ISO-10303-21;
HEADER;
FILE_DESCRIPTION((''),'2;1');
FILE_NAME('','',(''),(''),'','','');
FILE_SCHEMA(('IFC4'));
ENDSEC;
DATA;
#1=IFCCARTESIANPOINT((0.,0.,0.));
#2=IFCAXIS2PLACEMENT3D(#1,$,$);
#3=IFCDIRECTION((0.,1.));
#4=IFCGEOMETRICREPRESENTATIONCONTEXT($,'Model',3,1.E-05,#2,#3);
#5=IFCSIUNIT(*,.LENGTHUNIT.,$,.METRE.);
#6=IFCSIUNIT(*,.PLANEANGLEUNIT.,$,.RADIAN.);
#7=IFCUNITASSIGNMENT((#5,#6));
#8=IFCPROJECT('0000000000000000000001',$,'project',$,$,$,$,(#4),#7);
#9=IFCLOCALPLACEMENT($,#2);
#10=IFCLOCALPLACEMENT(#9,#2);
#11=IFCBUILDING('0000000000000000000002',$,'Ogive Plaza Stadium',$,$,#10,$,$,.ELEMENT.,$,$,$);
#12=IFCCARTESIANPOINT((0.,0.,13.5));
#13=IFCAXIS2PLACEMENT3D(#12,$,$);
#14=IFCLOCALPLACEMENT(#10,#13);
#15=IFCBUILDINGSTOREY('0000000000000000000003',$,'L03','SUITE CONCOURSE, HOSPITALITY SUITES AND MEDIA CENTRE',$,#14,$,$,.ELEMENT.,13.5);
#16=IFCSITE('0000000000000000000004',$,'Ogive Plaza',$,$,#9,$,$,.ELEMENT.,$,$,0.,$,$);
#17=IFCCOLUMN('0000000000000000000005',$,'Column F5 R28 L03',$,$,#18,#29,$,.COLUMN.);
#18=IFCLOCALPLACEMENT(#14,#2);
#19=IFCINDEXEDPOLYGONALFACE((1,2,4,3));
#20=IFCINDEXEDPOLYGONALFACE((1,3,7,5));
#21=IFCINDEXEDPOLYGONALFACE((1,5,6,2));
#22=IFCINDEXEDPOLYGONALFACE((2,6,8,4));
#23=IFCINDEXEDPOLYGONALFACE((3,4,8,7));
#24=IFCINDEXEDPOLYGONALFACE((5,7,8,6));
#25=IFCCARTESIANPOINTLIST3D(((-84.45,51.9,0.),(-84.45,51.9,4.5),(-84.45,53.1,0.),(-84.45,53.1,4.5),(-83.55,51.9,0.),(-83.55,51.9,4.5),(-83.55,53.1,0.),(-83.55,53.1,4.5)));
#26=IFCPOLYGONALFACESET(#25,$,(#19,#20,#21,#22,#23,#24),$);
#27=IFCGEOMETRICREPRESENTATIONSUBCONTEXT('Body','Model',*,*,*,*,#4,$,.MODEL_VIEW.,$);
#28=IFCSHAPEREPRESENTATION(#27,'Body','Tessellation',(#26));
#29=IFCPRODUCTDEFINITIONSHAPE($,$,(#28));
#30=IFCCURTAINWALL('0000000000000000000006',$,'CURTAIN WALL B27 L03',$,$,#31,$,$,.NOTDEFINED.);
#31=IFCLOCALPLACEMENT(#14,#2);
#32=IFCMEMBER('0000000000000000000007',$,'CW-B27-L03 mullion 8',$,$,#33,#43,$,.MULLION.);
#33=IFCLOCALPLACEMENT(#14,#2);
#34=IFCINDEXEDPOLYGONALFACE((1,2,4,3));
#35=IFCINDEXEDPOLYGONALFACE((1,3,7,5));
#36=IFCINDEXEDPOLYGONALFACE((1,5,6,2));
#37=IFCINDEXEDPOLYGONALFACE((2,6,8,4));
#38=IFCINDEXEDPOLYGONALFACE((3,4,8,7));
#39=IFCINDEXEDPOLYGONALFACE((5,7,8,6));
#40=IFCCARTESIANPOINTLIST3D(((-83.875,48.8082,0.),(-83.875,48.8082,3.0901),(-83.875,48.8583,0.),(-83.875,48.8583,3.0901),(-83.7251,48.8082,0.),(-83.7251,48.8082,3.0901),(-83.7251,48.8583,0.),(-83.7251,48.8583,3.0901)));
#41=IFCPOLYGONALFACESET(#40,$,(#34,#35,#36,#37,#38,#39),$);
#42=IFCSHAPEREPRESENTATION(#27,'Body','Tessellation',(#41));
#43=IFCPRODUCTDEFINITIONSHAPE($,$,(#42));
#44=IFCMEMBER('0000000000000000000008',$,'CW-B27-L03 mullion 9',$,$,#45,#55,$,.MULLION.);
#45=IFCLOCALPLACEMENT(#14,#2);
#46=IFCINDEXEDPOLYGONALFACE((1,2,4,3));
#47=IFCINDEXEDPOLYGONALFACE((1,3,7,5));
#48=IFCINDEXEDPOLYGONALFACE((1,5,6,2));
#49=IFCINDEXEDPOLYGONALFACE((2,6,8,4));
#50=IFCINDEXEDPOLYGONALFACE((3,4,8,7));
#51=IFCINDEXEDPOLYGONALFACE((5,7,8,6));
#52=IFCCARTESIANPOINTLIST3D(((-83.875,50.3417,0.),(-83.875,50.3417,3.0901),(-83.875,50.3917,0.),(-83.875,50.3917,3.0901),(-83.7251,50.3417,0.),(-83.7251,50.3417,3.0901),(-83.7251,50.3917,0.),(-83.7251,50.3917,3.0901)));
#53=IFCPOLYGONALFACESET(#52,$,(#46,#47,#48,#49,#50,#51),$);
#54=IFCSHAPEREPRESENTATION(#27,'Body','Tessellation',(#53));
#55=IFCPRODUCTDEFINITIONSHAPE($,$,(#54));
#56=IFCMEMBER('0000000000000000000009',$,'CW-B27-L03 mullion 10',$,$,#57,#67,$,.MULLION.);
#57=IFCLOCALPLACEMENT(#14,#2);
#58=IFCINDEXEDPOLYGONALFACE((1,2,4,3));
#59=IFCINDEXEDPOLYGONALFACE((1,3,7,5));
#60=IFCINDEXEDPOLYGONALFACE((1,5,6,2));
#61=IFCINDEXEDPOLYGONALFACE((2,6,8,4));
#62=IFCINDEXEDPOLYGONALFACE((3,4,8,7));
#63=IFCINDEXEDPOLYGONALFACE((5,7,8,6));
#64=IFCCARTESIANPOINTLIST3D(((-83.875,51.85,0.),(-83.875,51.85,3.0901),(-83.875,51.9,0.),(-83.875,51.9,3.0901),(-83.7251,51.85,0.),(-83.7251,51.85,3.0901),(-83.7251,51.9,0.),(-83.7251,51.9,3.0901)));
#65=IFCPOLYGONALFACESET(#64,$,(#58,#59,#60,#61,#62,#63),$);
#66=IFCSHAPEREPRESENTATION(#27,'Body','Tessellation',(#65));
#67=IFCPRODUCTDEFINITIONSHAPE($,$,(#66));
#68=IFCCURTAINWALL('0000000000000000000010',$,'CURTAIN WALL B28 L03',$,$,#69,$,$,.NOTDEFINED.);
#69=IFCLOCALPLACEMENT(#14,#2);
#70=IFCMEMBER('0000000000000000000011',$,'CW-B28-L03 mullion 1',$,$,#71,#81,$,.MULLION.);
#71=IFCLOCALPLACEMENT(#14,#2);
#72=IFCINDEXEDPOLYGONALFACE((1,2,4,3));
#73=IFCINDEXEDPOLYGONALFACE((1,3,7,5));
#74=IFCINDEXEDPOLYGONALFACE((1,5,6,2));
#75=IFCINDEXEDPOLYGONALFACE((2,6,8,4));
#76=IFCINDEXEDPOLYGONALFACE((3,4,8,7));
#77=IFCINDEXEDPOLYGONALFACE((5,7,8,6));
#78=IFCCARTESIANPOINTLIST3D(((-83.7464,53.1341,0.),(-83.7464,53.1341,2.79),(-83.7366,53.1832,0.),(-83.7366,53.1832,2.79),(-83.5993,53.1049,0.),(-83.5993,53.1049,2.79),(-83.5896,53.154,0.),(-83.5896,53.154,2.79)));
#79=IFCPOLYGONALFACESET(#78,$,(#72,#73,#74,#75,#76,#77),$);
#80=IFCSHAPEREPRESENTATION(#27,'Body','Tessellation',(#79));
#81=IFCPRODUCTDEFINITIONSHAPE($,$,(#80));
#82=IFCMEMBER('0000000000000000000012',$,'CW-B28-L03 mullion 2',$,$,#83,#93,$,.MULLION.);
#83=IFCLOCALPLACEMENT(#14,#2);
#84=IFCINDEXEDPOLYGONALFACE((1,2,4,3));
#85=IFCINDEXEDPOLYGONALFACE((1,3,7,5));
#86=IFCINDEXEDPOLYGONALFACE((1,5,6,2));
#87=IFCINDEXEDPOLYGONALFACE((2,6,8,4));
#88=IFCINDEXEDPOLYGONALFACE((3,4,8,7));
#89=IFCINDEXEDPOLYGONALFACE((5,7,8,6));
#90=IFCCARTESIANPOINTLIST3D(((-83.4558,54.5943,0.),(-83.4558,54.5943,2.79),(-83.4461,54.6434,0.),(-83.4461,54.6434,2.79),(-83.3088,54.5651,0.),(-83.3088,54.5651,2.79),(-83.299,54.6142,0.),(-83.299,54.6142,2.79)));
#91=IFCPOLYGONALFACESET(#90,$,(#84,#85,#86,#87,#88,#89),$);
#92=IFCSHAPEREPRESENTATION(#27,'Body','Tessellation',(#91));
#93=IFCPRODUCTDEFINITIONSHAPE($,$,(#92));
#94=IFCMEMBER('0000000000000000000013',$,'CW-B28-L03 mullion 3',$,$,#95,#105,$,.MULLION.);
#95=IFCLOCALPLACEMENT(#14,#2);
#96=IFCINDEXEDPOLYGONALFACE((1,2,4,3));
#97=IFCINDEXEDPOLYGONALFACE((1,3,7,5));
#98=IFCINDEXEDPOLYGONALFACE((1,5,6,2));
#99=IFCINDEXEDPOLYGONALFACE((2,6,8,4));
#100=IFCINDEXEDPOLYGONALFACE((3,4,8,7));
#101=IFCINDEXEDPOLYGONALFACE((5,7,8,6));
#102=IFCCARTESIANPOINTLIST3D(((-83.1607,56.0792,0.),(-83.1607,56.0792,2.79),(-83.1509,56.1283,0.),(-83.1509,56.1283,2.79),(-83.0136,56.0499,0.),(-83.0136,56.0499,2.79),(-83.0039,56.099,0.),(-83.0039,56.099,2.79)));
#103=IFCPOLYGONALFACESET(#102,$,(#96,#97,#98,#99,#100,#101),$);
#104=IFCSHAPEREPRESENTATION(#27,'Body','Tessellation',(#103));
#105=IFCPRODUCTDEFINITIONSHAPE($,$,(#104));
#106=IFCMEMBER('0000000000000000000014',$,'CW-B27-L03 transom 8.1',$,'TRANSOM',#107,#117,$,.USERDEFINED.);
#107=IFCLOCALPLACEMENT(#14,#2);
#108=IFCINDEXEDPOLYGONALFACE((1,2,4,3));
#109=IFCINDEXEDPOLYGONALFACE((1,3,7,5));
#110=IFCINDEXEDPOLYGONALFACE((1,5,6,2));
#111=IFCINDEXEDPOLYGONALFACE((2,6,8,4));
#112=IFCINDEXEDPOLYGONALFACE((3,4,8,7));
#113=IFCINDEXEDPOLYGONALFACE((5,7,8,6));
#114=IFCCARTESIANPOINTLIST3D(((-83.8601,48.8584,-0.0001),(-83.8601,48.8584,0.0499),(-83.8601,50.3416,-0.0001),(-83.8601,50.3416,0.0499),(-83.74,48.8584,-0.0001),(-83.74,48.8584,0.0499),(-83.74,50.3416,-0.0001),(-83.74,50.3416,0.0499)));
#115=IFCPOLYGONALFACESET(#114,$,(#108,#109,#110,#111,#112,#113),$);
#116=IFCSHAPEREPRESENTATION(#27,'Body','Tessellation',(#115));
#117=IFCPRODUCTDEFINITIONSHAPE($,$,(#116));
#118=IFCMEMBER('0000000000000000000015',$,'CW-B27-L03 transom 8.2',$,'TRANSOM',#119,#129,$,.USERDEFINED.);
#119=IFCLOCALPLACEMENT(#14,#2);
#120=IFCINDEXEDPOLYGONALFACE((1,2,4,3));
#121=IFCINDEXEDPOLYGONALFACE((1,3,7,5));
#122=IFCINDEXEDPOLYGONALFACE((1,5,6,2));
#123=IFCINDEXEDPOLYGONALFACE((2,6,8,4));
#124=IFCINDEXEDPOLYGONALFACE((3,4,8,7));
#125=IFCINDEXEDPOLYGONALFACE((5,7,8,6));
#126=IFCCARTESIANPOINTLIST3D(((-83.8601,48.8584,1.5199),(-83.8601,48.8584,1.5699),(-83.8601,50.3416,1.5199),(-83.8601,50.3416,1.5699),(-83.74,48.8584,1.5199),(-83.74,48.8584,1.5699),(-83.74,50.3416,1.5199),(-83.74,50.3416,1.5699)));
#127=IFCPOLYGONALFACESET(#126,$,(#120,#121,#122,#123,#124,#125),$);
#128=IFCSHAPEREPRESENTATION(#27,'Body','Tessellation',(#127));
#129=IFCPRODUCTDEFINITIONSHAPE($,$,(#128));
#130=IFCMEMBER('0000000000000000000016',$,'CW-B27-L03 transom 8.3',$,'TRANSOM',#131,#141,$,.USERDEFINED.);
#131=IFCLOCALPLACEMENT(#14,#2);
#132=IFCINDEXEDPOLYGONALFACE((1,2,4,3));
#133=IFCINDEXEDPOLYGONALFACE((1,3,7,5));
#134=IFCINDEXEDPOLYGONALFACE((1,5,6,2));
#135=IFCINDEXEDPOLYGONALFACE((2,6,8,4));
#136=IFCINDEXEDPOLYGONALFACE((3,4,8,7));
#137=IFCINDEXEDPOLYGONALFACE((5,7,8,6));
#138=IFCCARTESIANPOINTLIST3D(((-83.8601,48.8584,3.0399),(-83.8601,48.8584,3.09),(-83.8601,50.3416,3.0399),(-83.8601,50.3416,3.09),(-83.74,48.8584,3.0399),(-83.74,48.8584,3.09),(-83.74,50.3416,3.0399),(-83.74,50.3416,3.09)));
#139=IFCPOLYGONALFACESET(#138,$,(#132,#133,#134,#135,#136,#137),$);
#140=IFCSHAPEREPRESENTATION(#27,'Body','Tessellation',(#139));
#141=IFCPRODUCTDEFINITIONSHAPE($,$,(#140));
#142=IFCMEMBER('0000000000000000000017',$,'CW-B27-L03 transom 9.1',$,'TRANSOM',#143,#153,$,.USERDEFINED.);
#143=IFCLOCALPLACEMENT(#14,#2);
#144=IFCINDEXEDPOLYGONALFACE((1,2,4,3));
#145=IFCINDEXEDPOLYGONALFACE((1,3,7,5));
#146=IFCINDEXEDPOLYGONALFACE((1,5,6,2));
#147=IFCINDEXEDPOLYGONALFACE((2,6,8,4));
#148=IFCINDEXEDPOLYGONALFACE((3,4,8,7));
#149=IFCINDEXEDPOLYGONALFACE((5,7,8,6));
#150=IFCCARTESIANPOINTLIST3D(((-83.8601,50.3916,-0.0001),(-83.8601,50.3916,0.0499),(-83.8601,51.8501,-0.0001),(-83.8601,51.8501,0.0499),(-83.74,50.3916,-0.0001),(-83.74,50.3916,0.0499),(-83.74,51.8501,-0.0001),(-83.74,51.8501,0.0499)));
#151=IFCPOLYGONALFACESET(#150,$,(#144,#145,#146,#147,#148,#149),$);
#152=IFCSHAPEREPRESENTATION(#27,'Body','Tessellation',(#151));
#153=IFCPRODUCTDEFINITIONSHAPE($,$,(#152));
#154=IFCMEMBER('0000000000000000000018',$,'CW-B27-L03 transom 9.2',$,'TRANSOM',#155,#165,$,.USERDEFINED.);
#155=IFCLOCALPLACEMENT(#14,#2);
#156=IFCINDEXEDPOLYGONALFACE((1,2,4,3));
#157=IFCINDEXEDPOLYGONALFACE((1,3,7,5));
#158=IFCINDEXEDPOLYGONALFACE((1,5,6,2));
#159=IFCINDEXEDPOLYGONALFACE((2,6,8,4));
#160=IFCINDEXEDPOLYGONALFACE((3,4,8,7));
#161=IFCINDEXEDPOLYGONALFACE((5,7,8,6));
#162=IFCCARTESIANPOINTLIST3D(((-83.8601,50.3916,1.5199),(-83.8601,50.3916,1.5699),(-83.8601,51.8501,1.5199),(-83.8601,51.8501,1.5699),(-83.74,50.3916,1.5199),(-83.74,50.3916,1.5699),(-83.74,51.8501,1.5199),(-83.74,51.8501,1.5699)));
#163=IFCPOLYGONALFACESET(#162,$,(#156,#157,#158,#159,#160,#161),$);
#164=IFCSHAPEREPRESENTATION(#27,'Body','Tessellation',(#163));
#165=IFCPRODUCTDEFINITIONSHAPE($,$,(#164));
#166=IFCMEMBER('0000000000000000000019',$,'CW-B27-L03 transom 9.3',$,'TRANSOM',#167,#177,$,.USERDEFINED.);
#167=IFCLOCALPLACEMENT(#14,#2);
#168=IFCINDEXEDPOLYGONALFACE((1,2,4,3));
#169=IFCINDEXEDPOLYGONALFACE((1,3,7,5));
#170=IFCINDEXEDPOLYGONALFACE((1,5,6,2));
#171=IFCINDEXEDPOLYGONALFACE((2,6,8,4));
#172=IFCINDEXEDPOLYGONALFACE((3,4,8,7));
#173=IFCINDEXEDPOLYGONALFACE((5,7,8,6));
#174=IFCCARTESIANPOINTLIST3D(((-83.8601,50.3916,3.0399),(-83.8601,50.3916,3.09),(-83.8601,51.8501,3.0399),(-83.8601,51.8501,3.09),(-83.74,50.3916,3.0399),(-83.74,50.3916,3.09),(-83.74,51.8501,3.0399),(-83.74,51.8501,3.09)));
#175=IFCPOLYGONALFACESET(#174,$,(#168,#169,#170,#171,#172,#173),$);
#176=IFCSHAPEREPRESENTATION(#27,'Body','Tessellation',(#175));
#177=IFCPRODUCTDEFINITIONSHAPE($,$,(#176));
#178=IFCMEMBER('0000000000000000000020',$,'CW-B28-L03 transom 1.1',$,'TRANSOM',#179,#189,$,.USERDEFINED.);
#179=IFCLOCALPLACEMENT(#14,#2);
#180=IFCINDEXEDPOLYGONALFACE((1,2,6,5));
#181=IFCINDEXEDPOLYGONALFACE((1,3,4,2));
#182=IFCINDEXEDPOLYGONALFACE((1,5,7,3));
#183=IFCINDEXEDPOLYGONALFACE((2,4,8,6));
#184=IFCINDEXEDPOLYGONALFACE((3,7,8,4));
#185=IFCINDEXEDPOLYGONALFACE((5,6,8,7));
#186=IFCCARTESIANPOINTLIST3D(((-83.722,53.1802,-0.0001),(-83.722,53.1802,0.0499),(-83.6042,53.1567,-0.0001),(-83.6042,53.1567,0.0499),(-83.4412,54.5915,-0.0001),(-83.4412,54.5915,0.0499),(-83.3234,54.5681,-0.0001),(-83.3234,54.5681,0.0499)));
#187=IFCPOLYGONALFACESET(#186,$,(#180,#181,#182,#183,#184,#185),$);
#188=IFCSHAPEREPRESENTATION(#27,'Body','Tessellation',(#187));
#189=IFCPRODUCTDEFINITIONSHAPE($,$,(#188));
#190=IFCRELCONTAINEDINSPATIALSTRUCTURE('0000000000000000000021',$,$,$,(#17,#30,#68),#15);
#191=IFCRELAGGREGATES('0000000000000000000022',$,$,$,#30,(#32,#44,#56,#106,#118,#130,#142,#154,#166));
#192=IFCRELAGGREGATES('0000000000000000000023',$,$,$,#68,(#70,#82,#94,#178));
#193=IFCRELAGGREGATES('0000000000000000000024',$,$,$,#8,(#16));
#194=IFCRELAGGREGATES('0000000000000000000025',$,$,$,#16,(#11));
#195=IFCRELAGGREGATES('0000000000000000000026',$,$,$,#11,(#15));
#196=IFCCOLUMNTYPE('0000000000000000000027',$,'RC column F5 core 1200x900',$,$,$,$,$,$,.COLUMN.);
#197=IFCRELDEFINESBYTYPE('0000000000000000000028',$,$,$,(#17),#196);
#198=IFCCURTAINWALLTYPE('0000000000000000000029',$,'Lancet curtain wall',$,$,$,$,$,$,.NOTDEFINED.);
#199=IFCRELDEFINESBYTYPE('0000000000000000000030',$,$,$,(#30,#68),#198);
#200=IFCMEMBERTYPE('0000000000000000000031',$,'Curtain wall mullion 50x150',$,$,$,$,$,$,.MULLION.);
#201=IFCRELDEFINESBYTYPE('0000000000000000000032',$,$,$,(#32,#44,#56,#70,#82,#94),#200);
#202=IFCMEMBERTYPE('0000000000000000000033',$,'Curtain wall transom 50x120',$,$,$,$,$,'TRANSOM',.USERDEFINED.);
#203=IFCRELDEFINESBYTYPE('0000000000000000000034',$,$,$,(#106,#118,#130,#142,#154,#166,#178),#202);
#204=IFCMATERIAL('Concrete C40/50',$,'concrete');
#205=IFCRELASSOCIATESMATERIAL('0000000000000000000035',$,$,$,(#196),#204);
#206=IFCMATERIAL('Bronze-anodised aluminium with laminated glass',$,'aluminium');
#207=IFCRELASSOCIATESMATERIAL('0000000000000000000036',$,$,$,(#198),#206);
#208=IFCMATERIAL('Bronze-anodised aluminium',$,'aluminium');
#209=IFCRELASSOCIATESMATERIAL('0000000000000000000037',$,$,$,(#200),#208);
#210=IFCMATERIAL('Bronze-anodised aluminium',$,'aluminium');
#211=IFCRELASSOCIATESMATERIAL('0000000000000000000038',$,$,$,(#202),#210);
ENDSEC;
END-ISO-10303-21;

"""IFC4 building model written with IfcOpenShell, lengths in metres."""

from ifc_helpers import new_model, si_unit, direction, frame, origin, origin_2d, place, context, subcontext, project, spatial, rectangle, extrude, material, material_profile, profile_set, type_object, element, aggregate, save


model = new_model("IFC4")

# Units and contexts
model_context = context("Model", 3, precision=1e-05, world=origin(), true_north=direction((0.0, 1.0)))
body_context = subcontext(model_context, "Body", "Model", "MODEL_VIEW")
ifc_project = project(units=[si_unit("LENGTHUNIT", "METRE"), si_unit("PLANEANGLEUNIT", "RADIAN")], contexts=[model_context])

# Site, building, storey
site_placement = place(None, origin())
site = spatial("IfcSite", under=ifc_project, at=site_placement, Name="Ogive Plaza", CompositionType="ELEMENT", RefElevation=0.0)
building_placement = place(site_placement, origin())
building = spatial("IfcBuilding", under=site, at=building_placement, Name="Ogive Plaza Stadium", CompositionType="ELEMENT")
storey_placement = place(building_placement, frame((0.0, 0.0, 13.5)))
storey = spatial("IfcBuildingStorey", under=building, at=storey_placement, Name="L03", Description="SUITE CONCOURSE, HOSPITALITY SUITES AND MEDIA CENTRE", CompositionType="ELEMENT", Elevation=13.5)

# Column
ifc_material_1 = material(Name="Concrete C40/50", Category="concrete")
ifc_material_profile_1 = material_profile(ifc_material_1, rectangle(XDim=1.2, YDim=0.8999, at=origin_2d()), Name="RC 1200x900")
ifc_profile_set_1 = profile_set([ifc_material_profile_1], Name="Concrete C40/50")
column_type = type_object("IfcColumnType", Name="RC column F5 core 1200x900", PredefinedType="COLUMN", material=ifc_profile_set_1)
column_placement = place(storey_placement, frame((-84.0, 52.5, 0.0), z_axis=(0.0, 0.0, 1.0), x_axis=(0.0, -1.0, 0.0)))
element("IfcColumn", 1, at=column_placement, inside=storey, type_object=column_type, Name="Column F5 R28 L03", PredefinedType="COLUMN", context=body_context, shape_type="SweptSolid", body=[
    extrude(rectangle(XDim=1.2, YDim=0.8999, at=origin_2d()), origin(), (0.0, 0.0, 1.0), 4.5),
])

# Curtain walls, members
ifc_material_2 = material(Name="Bronze-anodised aluminium with laminated glass", Category="aluminium")
curtain_wall_type = type_object("IfcCurtainWallType", Name="Lancet curtain wall", PredefinedType="NOTDEFINED", material=ifc_material_2)
curtain_wall_1_placement = place(storey_placement, origin())
curtain_wall_1 = element("IfcCurtainWall", 2, at=curtain_wall_1_placement, inside=storey, type_object=curtain_wall_type, Name="CURTAIN WALL B27 L03", PredefinedType="NOTDEFINED")
ifc_material_3 = material(Name="Bronze-anodised aluminium", Category="aluminium")
ifc_material_profile_2 = material_profile(ifc_material_3, rectangle(XDim=0.1499, YDim=0.05, at=origin_2d()), Name="AL 150x50")
ifc_profile_set_2 = profile_set([ifc_material_profile_2], Name="Bronze-anodised aluminium")
member_type_1 = type_object("IfcMemberType", Name="Curtain wall mullion 50x150", PredefinedType="MULLION", material=ifc_profile_set_2)
member_1_placement = place(storey_placement, frame((-83.8, 48.8333, 0.0), z_axis=(0.0, 0.0, 1.0), x_axis=(-1.0, 0.0, 0.0)))
member_1 = element("IfcMember", 3, at=member_1_placement, type_object=member_type_1, Name="CW-B27-L03 mullion 8", PredefinedType="MULLION", context=body_context, shape_type="SweptSolid", body=[
    extrude(rectangle(XDim=0.1499, YDim=0.05, at=origin_2d()), origin(), (0.0, 0.0, 1.0), 3.0901),
])
member_2_placement = place(storey_placement, frame((-83.8, 50.3667, 0.0), z_axis=(0.0, 0.0, 1.0), x_axis=(-1.0, 0.0, 0.0)))
member_2 = element("IfcMember", 4, at=member_2_placement, type_object=member_type_1, Name="CW-B27-L03 mullion 9", PredefinedType="MULLION", context=body_context, shape_type="SweptSolid", body=[
    extrude(rectangle(XDim=0.1499, YDim=0.05, at=origin_2d()), origin(), (0.0, 0.0, 1.0), 3.0901),
])
member_3_placement = place(storey_placement, frame((-83.8, 51.875, 0.0), z_axis=(0.0, 0.0, 1.0), x_axis=(-1.0, 0.0, 0.0)))
member_3 = element("IfcMember", 5, at=member_3_placement, type_object=member_type_1, Name="CW-B27-L03 mullion 10", PredefinedType="MULLION", context=body_context, shape_type="SweptSolid", body=[
    extrude(rectangle(XDim=0.1499, YDim=0.05, at=origin_2d()), origin(), (0.0, 0.0, 1.0), 3.0901),
])
curtain_wall_2_placement = place(storey_placement, origin())
curtain_wall_2 = element("IfcCurtainWall", 6, at=curtain_wall_2_placement, inside=storey, type_object=curtain_wall_type, Name="CURTAIN WALL B28 L03", PredefinedType="NOTDEFINED")
member_4_placement = place(storey_placement, frame((-83.668, 53.144, 0.0), z_axis=(0.0, 0.0, 1.0), x_axis=(-0.980785, 0.19509, 0.0)))
member_4 = element("IfcMember", 7, at=member_4_placement, type_object=member_type_1, Name="CW-B28-L03 mullion 1", PredefinedType="MULLION", context=body_context, shape_type="SweptSolid", body=[
    extrude(rectangle(XDim=0.1499, YDim=0.05, at=origin_2d()), origin(), (0.0, 0.0, 1.0), 2.79),
])
member_5_placement = place(storey_placement, frame((-83.3774, 54.6042, 0.0), z_axis=(0.0, 0.0, 1.0), x_axis=(-0.980785, 0.19509, 0.0)))
member_5 = element("IfcMember", 8, at=member_5_placement, type_object=member_type_1, Name="CW-B28-L03 mullion 2", PredefinedType="MULLION", context=body_context, shape_type="SweptSolid", body=[
    extrude(rectangle(XDim=0.1499, YDim=0.05, at=origin_2d()), origin(), (0.0, 0.0, 1.0), 2.79),
])
member_6_placement = place(storey_placement, frame((-83.0823, 56.0891, 0.0), z_axis=(0.0, 0.0, 1.0), x_axis=(-0.980785, 0.19509, 0.0)))
member_6 = element("IfcMember", 9, at=member_6_placement, type_object=member_type_1, Name="CW-B28-L03 mullion 3", PredefinedType="MULLION", context=body_context, shape_type="SweptSolid", body=[
    extrude(rectangle(XDim=0.1499, YDim=0.05, at=origin_2d()), origin(), (0.0, 0.0, 1.0), 2.79),
])

# Members
ifc_material_4 = material(Name="Bronze-anodised aluminium", Category="aluminium")
ifc_material_profile_3 = material_profile(ifc_material_4, rectangle(XDim=0.1201, YDim=0.05, at=origin_2d()), Name="AL 120x50")
ifc_profile_set_3 = profile_set([ifc_material_profile_3], Name="Bronze-anodised aluminium")
member_type_2 = type_object("IfcMemberType", Name="Curtain wall transom 50x120", ElementType="TRANSOM", PredefinedType="USERDEFINED", material=ifc_profile_set_3)
member_7_placement = place(storey_placement, frame((-83.8, 48.8584, 0.0249), z_axis=(0.0, 1.0, 0.0), x_axis=(-1.0, 0.0, 0.0)))
member_7 = element("IfcMember", 10, at=member_7_placement, type_object=member_type_2, Name="CW-B27-L03 transom 8.1", ObjectType="TRANSOM", PredefinedType="USERDEFINED", context=body_context, shape_type="SweptSolid", body=[
    extrude(rectangle(XDim=0.1201, YDim=0.05, at=origin_2d()), origin(), (0.0, 0.0, 1.0), 1.4832),
])
member_8_placement = place(storey_placement, frame((-83.8, 48.8584, 1.5449), z_axis=(0.0, 1.0, 0.0), x_axis=(-1.0, 0.0, 0.0)))
member_8 = element("IfcMember", 11, at=member_8_placement, type_object=member_type_2, Name="CW-B27-L03 transom 8.2", ObjectType="TRANSOM", PredefinedType="USERDEFINED", context=body_context, shape_type="SweptSolid", body=[
    extrude(rectangle(XDim=0.1201, YDim=0.05, at=origin_2d()), origin(), (0.0, 0.0, 1.0), 1.4832),
])
member_9_placement = place(storey_placement, frame((-83.8, 48.8584, 3.0649), z_axis=(0.0, 1.0, 0.0), x_axis=(-1.0, 0.0, 0.0)))
member_9 = element("IfcMember", 12, at=member_9_placement, type_object=member_type_2, Name="CW-B27-L03 transom 8.3", ObjectType="TRANSOM", PredefinedType="USERDEFINED", context=body_context, shape_type="SweptSolid", body=[
    extrude(rectangle(XDim=0.1201, YDim=0.05, at=origin_2d()), origin(), (0.0, 0.0, 1.0), 1.4832),
])
member_10_placement = place(storey_placement, frame((-83.8, 50.3916, 0.0249), z_axis=(0.0, 1.0, 0.0), x_axis=(-1.0, 0.0, 0.0)))
member_10 = element("IfcMember", 13, at=member_10_placement, type_object=member_type_2, Name="CW-B27-L03 transom 9.1", ObjectType="TRANSOM", PredefinedType="USERDEFINED", context=body_context, shape_type="SweptSolid", body=[
    extrude(rectangle(XDim=0.1201, YDim=0.05, at=origin_2d()), origin(), (0.0, 0.0, 1.0), 1.4585),
])
member_11_placement = place(storey_placement, frame((-83.8, 50.3916, 1.5449), z_axis=(0.0, 1.0, 0.0), x_axis=(-1.0, 0.0, 0.0)))
member_11 = element("IfcMember", 14, at=member_11_placement, type_object=member_type_2, Name="CW-B27-L03 transom 9.2", ObjectType="TRANSOM", PredefinedType="USERDEFINED", context=body_context, shape_type="SweptSolid", body=[
    extrude(rectangle(XDim=0.1201, YDim=0.05, at=origin_2d()), origin(), (0.0, 0.0, 1.0), 1.4585),
])
member_12_placement = place(storey_placement, frame((-83.8, 50.3916, 3.0649), z_axis=(0.0, 1.0, 0.0), x_axis=(-1.0, 0.0, 0.0)))
member_12 = element("IfcMember", 15, at=member_12_placement, type_object=member_type_2, Name="CW-B27-L03 transom 9.3", ObjectType="TRANSOM", PredefinedType="USERDEFINED", context=body_context, shape_type="SweptSolid", body=[
    extrude(rectangle(XDim=0.1201, YDim=0.05, at=origin_2d()), origin(), (0.0, 0.0, 1.0), 1.4585),
])
member_13_placement = place(storey_placement, frame((-83.6631, 53.1685, 0.0249), z_axis=(0.195105, 0.980782, 0.0), x_axis=(-0.980782, 0.195105, 0.0)))
member_13 = element("IfcMember", 16, at=member_13_placement, type_object=member_type_2, Name="CW-B28-L03 transom 1.1", ObjectType="TRANSOM", PredefinedType="USERDEFINED", context=body_context, shape_type="SweptSolid", body=[
    extrude(rectangle(XDim=0.1201, YDim=0.05, at=origin_2d()), origin(), (0.0, 0.0, 1.0), 1.439),
])

aggregate(curtain_wall_1, [member_1, member_2, member_3, member_7, member_8, member_9, member_10, member_11, member_12])
aggregate(curtain_wall_2, [member_4, member_5, member_6, member_13])

save(model, "model.ifc")
